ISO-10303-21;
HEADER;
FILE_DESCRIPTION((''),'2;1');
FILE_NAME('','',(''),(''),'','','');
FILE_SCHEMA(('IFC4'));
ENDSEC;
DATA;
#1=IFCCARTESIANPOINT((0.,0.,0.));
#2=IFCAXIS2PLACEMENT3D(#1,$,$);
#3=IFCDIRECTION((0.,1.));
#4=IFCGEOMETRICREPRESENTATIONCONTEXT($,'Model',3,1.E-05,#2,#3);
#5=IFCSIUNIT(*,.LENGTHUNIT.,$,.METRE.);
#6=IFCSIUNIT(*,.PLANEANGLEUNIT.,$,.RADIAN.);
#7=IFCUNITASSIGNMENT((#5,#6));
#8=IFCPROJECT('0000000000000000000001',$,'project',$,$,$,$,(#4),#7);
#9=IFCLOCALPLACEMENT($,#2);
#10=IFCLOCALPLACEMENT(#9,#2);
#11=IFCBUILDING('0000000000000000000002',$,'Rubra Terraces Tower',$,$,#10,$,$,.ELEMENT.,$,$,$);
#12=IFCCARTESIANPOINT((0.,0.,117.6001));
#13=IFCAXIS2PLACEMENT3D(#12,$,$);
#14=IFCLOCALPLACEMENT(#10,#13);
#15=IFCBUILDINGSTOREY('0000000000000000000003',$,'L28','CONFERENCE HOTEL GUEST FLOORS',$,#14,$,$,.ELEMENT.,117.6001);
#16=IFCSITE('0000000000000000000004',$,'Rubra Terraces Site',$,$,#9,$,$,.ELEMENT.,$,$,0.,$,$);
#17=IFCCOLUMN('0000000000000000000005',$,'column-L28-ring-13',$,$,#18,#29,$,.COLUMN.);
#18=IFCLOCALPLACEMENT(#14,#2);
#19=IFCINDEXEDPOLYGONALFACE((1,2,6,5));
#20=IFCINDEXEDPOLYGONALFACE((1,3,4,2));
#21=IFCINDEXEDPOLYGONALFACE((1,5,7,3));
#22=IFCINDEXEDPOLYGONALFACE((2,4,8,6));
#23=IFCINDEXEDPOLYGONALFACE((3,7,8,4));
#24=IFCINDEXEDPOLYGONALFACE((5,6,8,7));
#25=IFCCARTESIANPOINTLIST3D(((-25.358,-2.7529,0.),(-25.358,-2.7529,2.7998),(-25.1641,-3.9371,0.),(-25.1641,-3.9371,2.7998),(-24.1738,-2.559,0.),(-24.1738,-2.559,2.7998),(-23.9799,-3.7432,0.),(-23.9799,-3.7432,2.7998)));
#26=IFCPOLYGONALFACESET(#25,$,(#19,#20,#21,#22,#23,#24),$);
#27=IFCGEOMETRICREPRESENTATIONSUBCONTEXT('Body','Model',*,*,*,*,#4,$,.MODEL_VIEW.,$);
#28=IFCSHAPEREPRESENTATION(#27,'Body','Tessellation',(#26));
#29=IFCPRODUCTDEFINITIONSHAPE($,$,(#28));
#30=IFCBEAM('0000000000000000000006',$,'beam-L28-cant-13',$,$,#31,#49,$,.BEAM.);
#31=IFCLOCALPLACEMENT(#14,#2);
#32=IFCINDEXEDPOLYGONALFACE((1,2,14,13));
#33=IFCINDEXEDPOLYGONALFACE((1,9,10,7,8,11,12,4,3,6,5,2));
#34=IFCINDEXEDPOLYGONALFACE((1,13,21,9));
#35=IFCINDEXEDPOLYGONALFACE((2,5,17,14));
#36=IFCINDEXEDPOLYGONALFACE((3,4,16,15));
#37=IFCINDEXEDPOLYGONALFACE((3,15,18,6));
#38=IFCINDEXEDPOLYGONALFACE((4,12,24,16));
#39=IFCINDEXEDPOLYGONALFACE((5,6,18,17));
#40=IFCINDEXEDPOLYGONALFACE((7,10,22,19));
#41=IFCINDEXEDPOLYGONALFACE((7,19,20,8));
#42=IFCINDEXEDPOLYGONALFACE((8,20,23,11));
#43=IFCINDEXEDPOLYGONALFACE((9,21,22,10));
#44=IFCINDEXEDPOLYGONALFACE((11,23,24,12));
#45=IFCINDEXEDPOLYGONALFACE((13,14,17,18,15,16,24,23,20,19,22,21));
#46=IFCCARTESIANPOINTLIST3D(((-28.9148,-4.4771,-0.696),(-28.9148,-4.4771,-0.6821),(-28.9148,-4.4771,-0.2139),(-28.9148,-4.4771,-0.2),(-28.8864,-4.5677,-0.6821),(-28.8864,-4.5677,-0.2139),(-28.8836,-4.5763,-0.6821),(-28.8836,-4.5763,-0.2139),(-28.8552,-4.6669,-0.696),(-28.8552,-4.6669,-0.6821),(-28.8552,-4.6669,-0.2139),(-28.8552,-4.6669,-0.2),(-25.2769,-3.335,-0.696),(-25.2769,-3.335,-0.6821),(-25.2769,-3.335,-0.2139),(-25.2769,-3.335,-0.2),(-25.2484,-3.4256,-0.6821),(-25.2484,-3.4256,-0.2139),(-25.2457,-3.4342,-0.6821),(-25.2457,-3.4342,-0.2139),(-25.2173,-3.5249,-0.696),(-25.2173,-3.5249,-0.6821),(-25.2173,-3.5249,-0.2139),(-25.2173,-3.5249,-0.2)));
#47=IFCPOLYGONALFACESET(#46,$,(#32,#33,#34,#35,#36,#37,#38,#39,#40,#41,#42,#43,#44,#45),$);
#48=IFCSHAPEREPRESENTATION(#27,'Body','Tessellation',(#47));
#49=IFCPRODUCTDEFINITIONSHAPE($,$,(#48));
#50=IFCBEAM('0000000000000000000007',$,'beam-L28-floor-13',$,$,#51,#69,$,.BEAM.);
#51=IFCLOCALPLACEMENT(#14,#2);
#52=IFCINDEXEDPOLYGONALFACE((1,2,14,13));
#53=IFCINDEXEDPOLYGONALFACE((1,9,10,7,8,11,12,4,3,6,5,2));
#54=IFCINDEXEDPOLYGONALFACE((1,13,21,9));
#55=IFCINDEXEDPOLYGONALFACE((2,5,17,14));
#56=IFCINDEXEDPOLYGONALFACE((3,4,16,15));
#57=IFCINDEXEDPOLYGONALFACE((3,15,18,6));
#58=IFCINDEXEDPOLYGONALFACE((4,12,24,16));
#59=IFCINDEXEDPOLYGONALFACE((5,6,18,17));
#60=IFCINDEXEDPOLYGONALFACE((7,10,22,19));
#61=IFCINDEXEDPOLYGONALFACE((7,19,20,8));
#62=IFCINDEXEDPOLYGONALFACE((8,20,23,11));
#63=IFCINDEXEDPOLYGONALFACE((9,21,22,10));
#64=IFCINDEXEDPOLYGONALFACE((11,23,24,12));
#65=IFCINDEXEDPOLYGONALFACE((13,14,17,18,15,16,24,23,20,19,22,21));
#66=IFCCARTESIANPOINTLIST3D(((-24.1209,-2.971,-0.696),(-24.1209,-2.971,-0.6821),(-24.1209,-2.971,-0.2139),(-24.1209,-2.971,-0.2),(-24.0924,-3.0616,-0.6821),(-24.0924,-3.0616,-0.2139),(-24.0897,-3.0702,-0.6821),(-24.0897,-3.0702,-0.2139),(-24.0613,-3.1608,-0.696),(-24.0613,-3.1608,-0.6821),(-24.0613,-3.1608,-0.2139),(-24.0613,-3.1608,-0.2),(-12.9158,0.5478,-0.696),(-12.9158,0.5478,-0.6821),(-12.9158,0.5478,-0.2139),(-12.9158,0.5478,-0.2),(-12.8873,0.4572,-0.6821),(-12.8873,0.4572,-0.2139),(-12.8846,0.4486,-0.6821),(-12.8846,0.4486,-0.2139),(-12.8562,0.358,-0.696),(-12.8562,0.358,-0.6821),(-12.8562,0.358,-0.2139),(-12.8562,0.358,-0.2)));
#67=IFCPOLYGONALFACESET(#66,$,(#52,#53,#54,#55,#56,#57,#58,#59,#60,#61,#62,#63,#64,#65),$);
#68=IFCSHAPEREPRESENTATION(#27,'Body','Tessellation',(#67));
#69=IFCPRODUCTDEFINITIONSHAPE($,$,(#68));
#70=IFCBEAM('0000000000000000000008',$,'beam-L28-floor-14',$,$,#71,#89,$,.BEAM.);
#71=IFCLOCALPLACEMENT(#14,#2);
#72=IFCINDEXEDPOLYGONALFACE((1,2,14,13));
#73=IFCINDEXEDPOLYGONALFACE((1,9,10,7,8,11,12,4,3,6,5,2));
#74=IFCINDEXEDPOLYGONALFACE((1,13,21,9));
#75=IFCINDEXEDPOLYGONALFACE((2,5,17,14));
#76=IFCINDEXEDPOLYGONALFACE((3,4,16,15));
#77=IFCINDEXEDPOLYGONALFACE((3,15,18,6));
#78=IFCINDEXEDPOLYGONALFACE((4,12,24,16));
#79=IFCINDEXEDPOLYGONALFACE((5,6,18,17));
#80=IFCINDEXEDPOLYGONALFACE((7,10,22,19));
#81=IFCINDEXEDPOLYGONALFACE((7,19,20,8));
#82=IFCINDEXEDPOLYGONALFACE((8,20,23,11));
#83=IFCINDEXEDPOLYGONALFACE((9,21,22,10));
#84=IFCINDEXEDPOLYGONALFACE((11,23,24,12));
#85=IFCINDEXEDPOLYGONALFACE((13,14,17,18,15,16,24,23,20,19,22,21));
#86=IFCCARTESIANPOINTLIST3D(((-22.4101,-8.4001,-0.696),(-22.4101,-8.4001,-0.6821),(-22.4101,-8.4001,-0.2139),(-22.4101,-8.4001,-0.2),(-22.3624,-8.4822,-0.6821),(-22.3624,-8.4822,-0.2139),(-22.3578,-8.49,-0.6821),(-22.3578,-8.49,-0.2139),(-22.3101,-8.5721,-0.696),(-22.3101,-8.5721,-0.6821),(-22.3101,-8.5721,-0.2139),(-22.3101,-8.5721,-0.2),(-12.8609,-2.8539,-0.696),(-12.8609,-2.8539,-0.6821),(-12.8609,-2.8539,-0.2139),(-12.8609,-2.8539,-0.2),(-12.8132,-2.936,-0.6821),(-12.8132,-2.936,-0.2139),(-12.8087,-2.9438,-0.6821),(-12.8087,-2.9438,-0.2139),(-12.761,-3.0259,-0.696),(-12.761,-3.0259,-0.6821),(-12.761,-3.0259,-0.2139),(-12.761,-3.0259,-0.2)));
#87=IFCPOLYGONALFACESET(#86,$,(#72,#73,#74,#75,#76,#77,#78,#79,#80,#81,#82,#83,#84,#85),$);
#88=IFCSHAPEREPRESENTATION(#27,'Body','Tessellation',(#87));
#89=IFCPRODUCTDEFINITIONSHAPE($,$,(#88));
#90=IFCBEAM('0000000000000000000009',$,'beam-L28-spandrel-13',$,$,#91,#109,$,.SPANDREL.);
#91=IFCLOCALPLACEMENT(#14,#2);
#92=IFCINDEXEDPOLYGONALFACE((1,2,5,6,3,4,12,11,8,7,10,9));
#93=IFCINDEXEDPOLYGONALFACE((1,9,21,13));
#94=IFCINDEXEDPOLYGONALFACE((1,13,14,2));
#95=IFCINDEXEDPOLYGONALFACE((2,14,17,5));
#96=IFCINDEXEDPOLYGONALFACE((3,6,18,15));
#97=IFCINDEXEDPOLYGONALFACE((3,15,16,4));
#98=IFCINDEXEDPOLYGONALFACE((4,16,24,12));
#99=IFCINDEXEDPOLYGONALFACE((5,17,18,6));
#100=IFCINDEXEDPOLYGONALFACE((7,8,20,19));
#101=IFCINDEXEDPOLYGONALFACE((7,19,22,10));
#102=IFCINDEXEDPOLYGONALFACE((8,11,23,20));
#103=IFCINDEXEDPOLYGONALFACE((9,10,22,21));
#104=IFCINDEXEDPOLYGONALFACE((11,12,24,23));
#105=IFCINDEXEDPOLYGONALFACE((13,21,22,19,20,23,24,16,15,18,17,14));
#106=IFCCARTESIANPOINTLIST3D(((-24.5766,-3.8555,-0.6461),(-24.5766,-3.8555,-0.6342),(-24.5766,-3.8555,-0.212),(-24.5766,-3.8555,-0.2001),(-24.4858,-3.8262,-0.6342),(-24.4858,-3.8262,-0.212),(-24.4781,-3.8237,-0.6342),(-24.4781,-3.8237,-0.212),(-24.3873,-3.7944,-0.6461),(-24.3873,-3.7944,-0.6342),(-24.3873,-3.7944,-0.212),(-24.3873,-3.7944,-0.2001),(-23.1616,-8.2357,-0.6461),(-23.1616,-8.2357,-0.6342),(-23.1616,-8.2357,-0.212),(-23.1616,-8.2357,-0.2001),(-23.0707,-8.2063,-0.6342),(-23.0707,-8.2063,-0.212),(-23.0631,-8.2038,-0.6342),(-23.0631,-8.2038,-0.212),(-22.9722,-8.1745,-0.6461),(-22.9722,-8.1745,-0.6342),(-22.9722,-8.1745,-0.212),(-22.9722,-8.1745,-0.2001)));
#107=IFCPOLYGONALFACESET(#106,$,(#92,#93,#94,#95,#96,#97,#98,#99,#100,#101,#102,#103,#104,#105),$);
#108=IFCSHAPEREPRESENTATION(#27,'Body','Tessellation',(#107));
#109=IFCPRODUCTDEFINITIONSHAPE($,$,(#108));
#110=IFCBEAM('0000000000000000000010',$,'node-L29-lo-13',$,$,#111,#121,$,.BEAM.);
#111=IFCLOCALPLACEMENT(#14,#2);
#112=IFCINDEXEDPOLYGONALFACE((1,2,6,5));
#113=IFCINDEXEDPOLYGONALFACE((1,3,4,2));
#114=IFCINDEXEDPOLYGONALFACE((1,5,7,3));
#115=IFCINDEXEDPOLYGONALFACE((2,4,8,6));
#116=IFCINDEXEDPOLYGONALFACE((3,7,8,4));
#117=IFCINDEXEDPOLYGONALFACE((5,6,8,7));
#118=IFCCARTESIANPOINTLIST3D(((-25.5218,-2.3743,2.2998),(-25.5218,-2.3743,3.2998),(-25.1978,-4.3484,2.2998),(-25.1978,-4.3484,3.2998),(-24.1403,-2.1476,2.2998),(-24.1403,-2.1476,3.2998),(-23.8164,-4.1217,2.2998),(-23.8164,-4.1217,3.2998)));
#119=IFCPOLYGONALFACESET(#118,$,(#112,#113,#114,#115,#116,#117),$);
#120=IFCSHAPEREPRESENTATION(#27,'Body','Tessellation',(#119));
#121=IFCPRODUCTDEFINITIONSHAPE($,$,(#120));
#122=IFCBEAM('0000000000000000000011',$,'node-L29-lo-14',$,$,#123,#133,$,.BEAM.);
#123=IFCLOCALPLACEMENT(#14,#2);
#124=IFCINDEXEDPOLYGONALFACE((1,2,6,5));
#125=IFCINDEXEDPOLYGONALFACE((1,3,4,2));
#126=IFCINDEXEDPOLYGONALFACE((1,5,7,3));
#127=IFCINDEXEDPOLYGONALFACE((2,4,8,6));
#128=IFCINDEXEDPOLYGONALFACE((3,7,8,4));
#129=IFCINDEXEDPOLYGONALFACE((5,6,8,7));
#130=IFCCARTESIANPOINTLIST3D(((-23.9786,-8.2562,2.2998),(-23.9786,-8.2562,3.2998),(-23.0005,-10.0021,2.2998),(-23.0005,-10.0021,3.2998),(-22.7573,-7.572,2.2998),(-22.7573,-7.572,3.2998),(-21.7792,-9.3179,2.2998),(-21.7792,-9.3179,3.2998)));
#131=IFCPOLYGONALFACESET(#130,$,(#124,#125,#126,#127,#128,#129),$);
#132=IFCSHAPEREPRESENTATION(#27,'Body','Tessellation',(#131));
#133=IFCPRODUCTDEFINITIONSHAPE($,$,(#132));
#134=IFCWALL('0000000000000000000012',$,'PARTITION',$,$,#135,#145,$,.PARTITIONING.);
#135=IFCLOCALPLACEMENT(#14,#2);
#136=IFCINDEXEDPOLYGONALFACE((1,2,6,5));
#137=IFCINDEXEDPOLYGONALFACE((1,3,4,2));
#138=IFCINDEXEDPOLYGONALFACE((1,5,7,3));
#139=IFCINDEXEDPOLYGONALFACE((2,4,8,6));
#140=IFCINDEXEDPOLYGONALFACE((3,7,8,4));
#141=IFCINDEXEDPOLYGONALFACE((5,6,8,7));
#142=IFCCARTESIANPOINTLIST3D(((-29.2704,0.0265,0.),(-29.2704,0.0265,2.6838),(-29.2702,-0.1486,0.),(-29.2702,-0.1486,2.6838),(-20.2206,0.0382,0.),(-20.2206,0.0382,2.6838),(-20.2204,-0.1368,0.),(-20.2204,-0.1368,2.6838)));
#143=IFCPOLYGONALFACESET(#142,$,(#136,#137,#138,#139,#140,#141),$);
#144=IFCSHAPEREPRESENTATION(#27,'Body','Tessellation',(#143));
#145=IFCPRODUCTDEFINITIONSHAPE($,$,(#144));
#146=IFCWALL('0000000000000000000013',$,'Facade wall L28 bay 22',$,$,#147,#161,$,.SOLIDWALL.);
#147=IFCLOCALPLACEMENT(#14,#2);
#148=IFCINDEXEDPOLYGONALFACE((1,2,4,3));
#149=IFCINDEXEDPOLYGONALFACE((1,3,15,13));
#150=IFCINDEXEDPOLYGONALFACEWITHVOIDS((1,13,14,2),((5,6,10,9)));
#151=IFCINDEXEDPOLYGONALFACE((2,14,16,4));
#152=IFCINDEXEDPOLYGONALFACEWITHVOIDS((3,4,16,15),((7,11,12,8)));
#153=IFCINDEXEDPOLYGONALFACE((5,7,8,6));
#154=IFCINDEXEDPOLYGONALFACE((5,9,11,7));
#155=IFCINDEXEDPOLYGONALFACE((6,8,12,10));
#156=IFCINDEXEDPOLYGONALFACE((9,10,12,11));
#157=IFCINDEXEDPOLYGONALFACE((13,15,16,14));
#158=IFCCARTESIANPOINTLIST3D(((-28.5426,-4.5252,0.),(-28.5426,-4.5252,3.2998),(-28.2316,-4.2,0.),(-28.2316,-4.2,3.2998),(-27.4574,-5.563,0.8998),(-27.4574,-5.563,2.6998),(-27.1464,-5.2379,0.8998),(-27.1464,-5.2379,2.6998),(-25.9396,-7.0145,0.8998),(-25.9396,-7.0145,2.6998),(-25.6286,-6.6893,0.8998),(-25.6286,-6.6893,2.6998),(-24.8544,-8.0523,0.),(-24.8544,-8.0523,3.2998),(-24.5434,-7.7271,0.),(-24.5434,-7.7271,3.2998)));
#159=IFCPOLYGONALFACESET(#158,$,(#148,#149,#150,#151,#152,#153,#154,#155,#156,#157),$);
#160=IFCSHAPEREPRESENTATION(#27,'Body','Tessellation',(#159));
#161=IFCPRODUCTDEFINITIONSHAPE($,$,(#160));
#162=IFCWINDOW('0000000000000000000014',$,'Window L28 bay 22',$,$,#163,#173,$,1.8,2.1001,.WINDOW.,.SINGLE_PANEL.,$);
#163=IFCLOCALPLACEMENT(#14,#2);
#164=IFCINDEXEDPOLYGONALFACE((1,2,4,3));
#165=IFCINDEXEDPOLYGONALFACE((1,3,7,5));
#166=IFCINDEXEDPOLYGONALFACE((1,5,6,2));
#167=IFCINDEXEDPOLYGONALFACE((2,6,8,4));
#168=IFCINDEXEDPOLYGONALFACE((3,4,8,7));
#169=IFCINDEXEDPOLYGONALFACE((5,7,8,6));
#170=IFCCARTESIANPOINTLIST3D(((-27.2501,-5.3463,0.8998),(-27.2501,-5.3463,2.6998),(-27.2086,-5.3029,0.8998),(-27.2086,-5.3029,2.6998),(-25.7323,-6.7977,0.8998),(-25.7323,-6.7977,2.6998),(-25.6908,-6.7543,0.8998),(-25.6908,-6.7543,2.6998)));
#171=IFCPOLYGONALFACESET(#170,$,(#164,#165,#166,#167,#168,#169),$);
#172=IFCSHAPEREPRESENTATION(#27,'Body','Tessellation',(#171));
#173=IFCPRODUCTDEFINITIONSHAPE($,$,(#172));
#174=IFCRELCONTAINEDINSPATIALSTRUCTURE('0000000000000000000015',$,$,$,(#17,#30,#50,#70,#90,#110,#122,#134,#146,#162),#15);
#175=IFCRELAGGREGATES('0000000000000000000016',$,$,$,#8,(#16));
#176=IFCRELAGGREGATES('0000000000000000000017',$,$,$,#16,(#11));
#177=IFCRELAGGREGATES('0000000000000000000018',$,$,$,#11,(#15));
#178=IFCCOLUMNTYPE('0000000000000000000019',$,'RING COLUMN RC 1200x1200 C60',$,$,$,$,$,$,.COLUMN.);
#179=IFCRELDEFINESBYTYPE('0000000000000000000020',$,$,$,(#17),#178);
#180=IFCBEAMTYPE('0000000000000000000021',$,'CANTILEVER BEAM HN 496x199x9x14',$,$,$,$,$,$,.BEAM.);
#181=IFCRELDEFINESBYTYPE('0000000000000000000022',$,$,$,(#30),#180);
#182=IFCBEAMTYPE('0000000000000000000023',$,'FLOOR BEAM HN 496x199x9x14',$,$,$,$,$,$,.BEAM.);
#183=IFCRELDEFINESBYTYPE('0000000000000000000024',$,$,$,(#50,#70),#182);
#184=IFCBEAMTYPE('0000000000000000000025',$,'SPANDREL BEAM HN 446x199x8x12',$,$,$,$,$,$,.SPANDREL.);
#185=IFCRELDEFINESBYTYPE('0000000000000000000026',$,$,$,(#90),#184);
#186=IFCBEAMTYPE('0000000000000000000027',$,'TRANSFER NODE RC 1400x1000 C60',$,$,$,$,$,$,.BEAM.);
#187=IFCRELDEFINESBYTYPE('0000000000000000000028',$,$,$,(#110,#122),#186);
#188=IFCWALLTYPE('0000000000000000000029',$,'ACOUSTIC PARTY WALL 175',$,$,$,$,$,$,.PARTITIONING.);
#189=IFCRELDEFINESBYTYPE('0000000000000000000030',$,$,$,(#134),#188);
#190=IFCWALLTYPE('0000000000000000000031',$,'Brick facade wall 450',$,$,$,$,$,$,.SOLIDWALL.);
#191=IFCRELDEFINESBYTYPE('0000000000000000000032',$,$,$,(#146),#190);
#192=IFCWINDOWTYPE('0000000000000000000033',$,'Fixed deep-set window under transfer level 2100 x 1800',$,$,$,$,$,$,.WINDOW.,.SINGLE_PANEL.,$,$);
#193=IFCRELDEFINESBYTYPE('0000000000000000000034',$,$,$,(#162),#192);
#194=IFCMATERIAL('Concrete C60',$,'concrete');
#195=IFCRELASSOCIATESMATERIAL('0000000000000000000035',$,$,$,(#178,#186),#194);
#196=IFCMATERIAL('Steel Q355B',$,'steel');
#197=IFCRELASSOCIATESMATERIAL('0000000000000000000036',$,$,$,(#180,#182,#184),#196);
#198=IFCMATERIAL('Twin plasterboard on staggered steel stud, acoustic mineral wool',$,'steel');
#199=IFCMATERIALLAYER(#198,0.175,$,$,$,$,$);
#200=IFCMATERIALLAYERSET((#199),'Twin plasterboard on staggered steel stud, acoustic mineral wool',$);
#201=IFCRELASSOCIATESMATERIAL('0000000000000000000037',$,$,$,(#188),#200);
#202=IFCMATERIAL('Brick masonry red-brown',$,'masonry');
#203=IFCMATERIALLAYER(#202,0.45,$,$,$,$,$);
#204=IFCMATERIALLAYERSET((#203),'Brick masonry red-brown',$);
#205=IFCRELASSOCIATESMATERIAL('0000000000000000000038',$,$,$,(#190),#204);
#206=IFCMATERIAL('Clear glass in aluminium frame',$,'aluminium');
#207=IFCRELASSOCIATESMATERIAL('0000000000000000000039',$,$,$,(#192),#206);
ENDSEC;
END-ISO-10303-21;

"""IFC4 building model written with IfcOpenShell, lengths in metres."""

from ifc_helpers import new_model, si_unit, direction, frame, frame_2d, origin, origin_2d, place, context, subcontext, project, spatial, rectangle, i_section, extrude, material, layer, layer_set, material_profile, profile_set, type_object, element, fill, save


model = new_model("IFC4")

# Units and contexts
model_context = context("Model", 3, precision=1e-05, world=origin(), true_north=direction((0.0, 1.0)))
body_context = subcontext(model_context, "Body", "Model", "MODEL_VIEW")
ifc_project = project(units=[si_unit("LENGTHUNIT", "METRE"), si_unit("PLANEANGLEUNIT", "RADIAN")], contexts=[model_context])

# Site, building, storey
site_placement = place(None, origin())
site = spatial("IfcSite", under=ifc_project, at=site_placement, Name="Rubra Terraces Site", CompositionType="ELEMENT", RefElevation=0.0)
building_placement = place(site_placement, origin())
building = spatial("IfcBuilding", under=site, at=building_placement, Name="Rubra Terraces Tower", CompositionType="ELEMENT")
storey_placement = place(building_placement, frame((0.0, 0.0, 117.6001)))
storey = spatial("IfcBuildingStorey", under=building, at=storey_placement, Name="L28", Description="CONFERENCE HOTEL GUEST FLOORS", CompositionType="ELEMENT", Elevation=117.6001)

# Column
ifc_material_1 = material(Name="Concrete C60", Category="concrete")
ifc_material_profile_1 = material_profile(ifc_material_1, rectangle(XDim=1.2, YDim=1.2, at=origin_2d()), Name="RC 1200x1200")
ifc_profile_set_1 = profile_set([ifc_material_profile_1], Name="Concrete C60")
column_type = type_object("IfcColumnType", Name="RING COLUMN RC 1200x1200 C60", PredefinedType="COLUMN", material=ifc_profile_set_1)
column_placement = place(storey_placement, frame((-24.6689, -3.248, 0.0), z_axis=(0.0, 0.0, 1.0), x_axis=(0.161559, -0.986863, 0.0)))
element("IfcColumn", 1, at=column_placement, inside=storey, type_object=column_type, Name="column-L28-ring-13", PredefinedType="COLUMN", context=body_context, shape_type="SweptSolid", body=[
    extrude(rectangle(XDim=1.2, YDim=1.2, at=origin_2d()), origin(), (0.0, 0.0, 1.0), 2.7998),
])

# Beams
ifc_material_2 = material(Name="Steel Q355B", Category="steel")
ifc_material_profile_2 = material_profile(ifc_material_2, i_section(OverallWidth=0.199, OverallDepth=0.4961, WebThickness=0.009, FlangeThickness=0.0139, at=origin_2d()), Name="HN 496x199x9x14")
ifc_profile_set_2 = profile_set([ifc_material_profile_2], Name="Steel Q355B")
beam_type_1 = type_object("IfcBeamType", Name="CANTILEVER BEAM HN 496x199x9x14", PredefinedType="BEAM", material=ifc_profile_set_2)
beam_1_placement = place(storey_placement, frame((-25.2471, -3.4299, -0.448), z_axis=(-0.954088, -0.299525, 0.0), x_axis=(0.299525, -0.954088, 0.0)))
element("IfcBeam", 2, at=beam_1_placement, inside=storey, type_object=beam_type_1, Name="beam-L28-cant-13", PredefinedType="BEAM", context=body_context, shape_type="SweptSolid", body=[
    extrude(i_section(OverallWidth=0.199, OverallDepth=0.4961, WebThickness=0.009, FlangeThickness=0.0139, at=origin_2d()), origin(), (0.0, 0.0, 1.0), 3.813),
])
ifc_material_profile_3 = material_profile(ifc_material_2, i_section(OverallWidth=0.199, OverallDepth=0.4961, WebThickness=0.009, FlangeThickness=0.0139, at=origin_2d()), Name="HN 496x199x9x14")
ifc_profile_set_3 = profile_set([ifc_material_profile_3], Name="Steel Q355B")
beam_type_2 = type_object("IfcBeamType", Name="FLOOR BEAM HN 496x199x9x14", PredefinedType="BEAM", material=ifc_profile_set_3)
beam_2_placement = place(storey_placement, frame((-24.0911, -3.0659, -0.448), z_axis=(0.954062, 0.29961, 0.0), x_axis=(-0.29961, 0.954062, 0.0)))
element("IfcBeam", 3, at=beam_2_placement, inside=storey, type_object=beam_type_2, Name="beam-L28-floor-13", PredefinedType="BEAM", context=body_context, shape_type="SweptSolid", body=[
    extrude(i_section(OverallWidth=0.199, OverallDepth=0.4961, WebThickness=0.009, FlangeThickness=0.0139, at=origin_2d()), origin(), (0.0, 0.0, 1.0), 11.7446),
])
beam_3_placement = place(storey_placement, frame((-22.3601, -8.4861, -0.448), z_axis=(0.864729, 0.502238, 0.0), x_axis=(-0.502238, 0.864729, 0.0)))
element("IfcBeam", 4, at=beam_3_placement, inside=storey, type_object=beam_type_2, Name="beam-L28-floor-14", PredefinedType="BEAM", context=body_context, shape_type="SweptSolid", body=[
    extrude(i_section(OverallWidth=0.199, OverallDepth=0.4961, WebThickness=0.009, FlangeThickness=0.0139, at=origin_2d()), origin(), (0.0, 0.0, 1.0), 11.043),
])
ifc_material_profile_4 = material_profile(ifc_material_2, i_section(OverallWidth=0.199, OverallDepth=0.446, WebThickness=0.0081, FlangeThickness=0.012, at=origin_2d()), Name="HN 446x199x8x12")
ifc_profile_set_4 = profile_set([ifc_material_profile_4], Name="Steel Q355B")
beam_type_3 = type_object("IfcBeamType", Name="SPANDREL BEAM HN 446x199x8x12", PredefinedType="SPANDREL", material=ifc_profile_set_4)
beam_4_placement = place(storey_placement, frame((-24.4819, -3.825, -0.4231), z_axis=(0.307415, -0.951576, 0.0), x_axis=(0.951576, 0.307415, 0.0)))
element("IfcBeam", 5, at=beam_4_placement, inside=storey, type_object=beam_type_3, Name="beam-L28-spandrel-13", PredefinedType="SPANDREL", context=body_context, shape_type="SweptSolid", body=[
    extrude(i_section(OverallWidth=0.199, OverallDepth=0.446, WebThickness=0.0081, FlangeThickness=0.012, at=origin_2d()), origin(), (0.0, 0.0, 1.0), 4.603),
])
ifc_material_profile_5 = material_profile(ifc_material_1, rectangle(XDim=1.3999, YDim=1.0, at=origin_2d()), Name="RC 1400x1000")
ifc_profile_set_5 = profile_set([ifc_material_profile_5], Name="Concrete C60")
beam_type_4 = type_object("IfcBeamType", Name="TRANSFER NODE RC 1400x1000 C60", PredefinedType="BEAM", material=ifc_profile_set_5)
beam_5_placement = place(storey_placement, frame((-24.8311, -2.261, 2.7998), z_axis=(0.161945, -0.9868, 0.0), x_axis=(0.9868, 0.161945, 0.0)))
element("IfcBeam", 6, at=beam_5_placement, inside=storey, type_object=beam_type_4, Name="node-L29-lo-13", PredefinedType="BEAM", context=body_context, shape_type="SweptSolid", body=[
    extrude(rectangle(XDim=1.3999, YDim=1.0, at=origin_2d()), origin(), (0.0, 0.0, 1.0), 2.0005),
])
beam_6_placement = place(storey_placement, frame((-23.3679, -7.9141, 2.7998), z_axis=(0.488737, -0.872431, 0.0), x_axis=(0.872431, 0.488737, 0.0)))
element("IfcBeam", 7, at=beam_6_placement, inside=storey, type_object=beam_type_4, Name="node-L29-lo-14", PredefinedType="BEAM", context=body_context, shape_type="SweptSolid", body=[
    extrude(rectangle(XDim=1.3999, YDim=1.0, at=origin_2d()), origin(), (0.0, 0.0, 1.0), 2.0012),
])

# Wall
ifc_material_3 = material(Name="Twin plasterboard on staggered steel stud, acoustic mineral wool", Category="steel")
ifc_layer_1 = layer(ifc_material_3, 0.175)
ifc_layer_set_1 = layer_set([ifc_layer_1], Name="Twin plasterboard on staggered steel stud, acoustic mineral wool")
wall_type_1 = type_object("IfcWallType", Name="ACOUSTIC PARTY WALL 175", PredefinedType="PARTITIONING", material=ifc_layer_set_1)
wall_1_placement = place(storey_placement, frame((-29.2703, -0.061, 0.0), z_axis=(0.0, 0.0, 1.0), x_axis=(0.999999, 0.001295, 0.0)))
element("IfcWall", 8, at=wall_1_placement, inside=storey, type_object=wall_type_1, Name="PARTITION", PredefinedType="PARTITIONING", context=body_context, shape_type="SweptSolid", body=[
    extrude(rectangle(XDim=9.0498, YDim=0.175, at=frame_2d((4.5249, 0.0))), origin(), (0.0, 0.0, 1.0), 2.6838),
])

# Wall, opening, window
ifc_material_4 = material(Name="Brick masonry red-brown", Category="masonry")
ifc_layer_2 = layer(ifc_material_4, 0.45)
ifc_layer_set_2 = layer_set([ifc_layer_2], Name="Brick masonry red-brown")
wall_type_2 = type_object("IfcWallType", Name="Brick facade wall 450", PredefinedType="SOLIDWALL", material=ifc_layer_set_2)
wall_2_placement = place(storey_placement, frame((-28.3872, -4.3625, 0.0), z_axis=(0.0, 0.0, 1.0), x_axis=(0.722718, -0.691143, 0.0)))
wall_2 = element("IfcWall", 9, at=wall_2_placement, inside=storey, type_object=wall_type_2, Name="Facade wall L28 bay 22", PredefinedType="SOLIDWALL", context=body_context, shape_type="SweptSolid", body=[
    extrude(rectangle(XDim=5.1033, YDim=0.45, at=frame_2d((2.5518, 0.0))), origin(), (0.0, 0.0, 1.0), 3.2998),
])
opening_1_placement = place(wall_2_placement, frame((1.5017, 0.0, 0.8999)))
opening_1 = element("IfcOpeningElement", 10, at=opening_1_placement, cuts=wall_2, PredefinedType="OPENING", context=body_context, shape_type="SweptSolid", body=[
    extrude(rectangle(XDim=2.1001, YDim=1.8, at=frame_2d((1.05, 0.8999))), frame((0.0, 0.2349, 0.0), z_axis=(0.0, -1.0, 0.0), x_axis=(1.0, 0.0, 0.0)), (0.0, 0.0, 1.0), 0.47),
])
ifc_material_5 = material(Name="Clear glass in aluminium frame", Category="aluminium")
window_type = type_object("IfcWindowType", Name="Fixed deep-set window under transfer level 2100 x 1800", PartitioningType="SINGLE_PANEL", PredefinedType="WINDOW", material=ifc_material_5)
window_1_placement = place(opening_1_placement, origin())
window_1 = element("IfcWindow", 11, at=window_1_placement, inside=storey, type_object=window_type, Name="Window L28 bay 22", OverallHeight=1.8, OverallWidth=2.1001, PartitioningType="SINGLE_PANEL", PredefinedType="WINDOW", context=body_context, shape_type="SweptSolid", body=[
    extrude(rectangle(XDim=2.1001, YDim=1.8, at=frame_2d((1.05, 0.8999))), frame((0.0, 0.135, 0.0), z_axis=(0.0, -1.0, 0.0), x_axis=(1.0, 0.0, 0.0)), (0.0, 0.0, 1.0), 0.0601),
])
fill(opening_1, window_1)

save(model, "model.ifc")
